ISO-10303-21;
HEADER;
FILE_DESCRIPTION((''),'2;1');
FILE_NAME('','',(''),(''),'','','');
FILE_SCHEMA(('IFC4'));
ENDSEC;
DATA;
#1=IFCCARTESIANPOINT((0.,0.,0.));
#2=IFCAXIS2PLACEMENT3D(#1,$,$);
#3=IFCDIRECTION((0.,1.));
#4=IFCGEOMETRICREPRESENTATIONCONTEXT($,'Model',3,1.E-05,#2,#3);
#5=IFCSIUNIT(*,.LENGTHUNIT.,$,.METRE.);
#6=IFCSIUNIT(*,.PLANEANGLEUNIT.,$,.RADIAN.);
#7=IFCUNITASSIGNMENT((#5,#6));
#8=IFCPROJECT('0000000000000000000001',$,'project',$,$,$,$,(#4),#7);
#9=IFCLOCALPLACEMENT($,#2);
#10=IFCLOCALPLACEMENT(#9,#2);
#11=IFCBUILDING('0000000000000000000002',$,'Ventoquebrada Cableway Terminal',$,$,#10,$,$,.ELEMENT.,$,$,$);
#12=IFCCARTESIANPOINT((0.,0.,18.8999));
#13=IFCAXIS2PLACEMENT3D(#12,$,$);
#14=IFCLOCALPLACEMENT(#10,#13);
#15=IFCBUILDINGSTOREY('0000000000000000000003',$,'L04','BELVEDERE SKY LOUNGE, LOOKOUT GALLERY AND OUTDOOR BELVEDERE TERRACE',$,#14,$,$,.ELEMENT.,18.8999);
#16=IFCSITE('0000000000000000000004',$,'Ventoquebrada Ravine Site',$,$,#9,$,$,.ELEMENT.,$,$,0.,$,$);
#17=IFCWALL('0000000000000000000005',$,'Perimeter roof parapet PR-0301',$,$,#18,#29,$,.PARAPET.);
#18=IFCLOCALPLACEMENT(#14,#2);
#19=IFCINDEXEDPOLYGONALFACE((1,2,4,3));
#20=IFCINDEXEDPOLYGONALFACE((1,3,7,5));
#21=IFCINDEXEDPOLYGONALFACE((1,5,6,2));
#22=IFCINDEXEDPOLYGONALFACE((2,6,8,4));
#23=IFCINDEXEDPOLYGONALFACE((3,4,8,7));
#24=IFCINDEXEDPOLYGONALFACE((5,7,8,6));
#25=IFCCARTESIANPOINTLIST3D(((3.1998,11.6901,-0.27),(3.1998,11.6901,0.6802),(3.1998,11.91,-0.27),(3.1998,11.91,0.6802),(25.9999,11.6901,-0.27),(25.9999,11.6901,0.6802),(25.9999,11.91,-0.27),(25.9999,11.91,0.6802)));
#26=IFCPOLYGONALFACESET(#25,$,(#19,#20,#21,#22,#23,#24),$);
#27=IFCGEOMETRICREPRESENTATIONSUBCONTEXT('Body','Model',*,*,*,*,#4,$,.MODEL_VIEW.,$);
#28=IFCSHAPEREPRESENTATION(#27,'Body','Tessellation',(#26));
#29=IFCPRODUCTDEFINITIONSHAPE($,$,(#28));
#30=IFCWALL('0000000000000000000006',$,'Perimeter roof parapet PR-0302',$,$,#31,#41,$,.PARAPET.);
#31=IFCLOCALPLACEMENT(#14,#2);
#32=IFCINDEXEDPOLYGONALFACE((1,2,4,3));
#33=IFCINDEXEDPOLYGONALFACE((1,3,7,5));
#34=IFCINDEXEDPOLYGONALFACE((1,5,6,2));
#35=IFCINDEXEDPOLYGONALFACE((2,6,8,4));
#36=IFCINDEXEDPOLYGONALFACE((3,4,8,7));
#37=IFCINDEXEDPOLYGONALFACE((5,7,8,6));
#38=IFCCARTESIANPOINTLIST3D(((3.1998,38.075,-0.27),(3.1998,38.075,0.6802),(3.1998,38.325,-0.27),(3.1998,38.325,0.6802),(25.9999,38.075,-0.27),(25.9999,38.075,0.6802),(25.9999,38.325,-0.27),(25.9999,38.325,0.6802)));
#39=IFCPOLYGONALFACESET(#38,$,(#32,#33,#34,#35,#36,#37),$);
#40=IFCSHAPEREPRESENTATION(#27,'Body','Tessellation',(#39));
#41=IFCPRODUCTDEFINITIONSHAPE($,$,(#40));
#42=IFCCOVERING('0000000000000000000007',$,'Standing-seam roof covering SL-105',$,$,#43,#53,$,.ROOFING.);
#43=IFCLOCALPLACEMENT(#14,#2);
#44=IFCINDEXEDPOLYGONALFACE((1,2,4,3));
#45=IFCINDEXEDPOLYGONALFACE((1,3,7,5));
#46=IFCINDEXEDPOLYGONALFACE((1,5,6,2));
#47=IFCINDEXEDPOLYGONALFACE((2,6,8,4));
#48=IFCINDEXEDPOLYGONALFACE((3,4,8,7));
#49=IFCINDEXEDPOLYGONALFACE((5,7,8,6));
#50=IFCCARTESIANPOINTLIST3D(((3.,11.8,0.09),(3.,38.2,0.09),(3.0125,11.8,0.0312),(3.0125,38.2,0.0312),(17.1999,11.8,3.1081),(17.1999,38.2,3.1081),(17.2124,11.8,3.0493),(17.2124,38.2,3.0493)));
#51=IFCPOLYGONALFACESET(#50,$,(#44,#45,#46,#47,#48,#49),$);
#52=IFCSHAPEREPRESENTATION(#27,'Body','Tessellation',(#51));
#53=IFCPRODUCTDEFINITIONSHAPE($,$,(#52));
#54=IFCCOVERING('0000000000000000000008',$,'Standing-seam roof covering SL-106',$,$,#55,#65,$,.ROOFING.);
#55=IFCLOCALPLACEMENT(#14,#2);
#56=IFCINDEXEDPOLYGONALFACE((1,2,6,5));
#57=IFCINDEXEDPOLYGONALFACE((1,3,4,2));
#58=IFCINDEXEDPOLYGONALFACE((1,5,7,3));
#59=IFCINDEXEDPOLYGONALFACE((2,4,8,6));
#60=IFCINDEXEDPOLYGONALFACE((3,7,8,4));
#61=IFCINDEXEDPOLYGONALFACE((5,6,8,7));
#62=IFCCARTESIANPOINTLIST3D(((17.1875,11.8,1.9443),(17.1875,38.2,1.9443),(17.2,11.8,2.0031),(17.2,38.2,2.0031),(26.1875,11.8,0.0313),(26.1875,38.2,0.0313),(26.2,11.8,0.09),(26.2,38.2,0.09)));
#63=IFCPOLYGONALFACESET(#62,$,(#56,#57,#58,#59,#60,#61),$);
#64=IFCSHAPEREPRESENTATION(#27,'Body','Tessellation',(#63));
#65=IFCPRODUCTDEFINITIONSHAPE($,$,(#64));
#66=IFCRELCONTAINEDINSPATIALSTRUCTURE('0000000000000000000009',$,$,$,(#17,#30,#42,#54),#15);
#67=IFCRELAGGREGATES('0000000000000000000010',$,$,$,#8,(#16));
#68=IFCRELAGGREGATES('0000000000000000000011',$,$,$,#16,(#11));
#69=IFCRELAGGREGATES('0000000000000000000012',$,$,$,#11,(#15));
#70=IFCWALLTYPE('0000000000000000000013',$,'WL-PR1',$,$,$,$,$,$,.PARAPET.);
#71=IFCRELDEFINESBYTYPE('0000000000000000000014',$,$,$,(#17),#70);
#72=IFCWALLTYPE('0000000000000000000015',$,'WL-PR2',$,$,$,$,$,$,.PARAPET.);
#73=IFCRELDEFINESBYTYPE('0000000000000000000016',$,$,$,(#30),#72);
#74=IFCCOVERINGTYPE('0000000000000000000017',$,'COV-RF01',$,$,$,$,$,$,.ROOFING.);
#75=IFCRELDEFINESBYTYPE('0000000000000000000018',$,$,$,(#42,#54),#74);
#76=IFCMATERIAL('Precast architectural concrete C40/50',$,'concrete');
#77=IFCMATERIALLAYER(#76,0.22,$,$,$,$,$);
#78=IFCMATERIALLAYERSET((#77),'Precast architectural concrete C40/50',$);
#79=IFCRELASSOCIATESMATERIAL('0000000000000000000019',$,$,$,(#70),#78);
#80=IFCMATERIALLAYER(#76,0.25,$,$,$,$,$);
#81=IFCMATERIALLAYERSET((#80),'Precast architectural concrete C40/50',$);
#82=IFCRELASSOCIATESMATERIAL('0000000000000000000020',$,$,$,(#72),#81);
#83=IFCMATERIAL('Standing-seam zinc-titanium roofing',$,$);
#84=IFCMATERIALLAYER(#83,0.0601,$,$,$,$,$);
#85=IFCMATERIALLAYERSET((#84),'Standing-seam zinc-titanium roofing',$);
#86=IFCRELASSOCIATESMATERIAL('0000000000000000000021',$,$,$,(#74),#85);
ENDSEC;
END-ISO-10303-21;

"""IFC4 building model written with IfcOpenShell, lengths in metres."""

from ifc_helpers import new_model, si_unit, direction, frame, frame_2d, origin, place, context, subcontext, project, spatial, polyline, rectangle, outline, extrude, material, layer, layer_set, type_object, element, save


model = new_model("IFC4")

# Units and contexts
model_context = context("Model", 3, precision=1e-05, world=origin(), true_north=direction((0.0, 1.0)))
body_context = subcontext(model_context, "Body", "Model", "MODEL_VIEW")
ifc_project = project(units=[si_unit("LENGTHUNIT", "METRE"), si_unit("PLANEANGLEUNIT", "RADIAN")], contexts=[model_context])

# Site, building, storey
site_placement = place(None, origin())
site = spatial("IfcSite", under=ifc_project, at=site_placement, Name="Ventoquebrada Ravine Site", CompositionType="ELEMENT", RefElevation=0.0)
building_placement = place(site_placement, origin())
building = spatial("IfcBuilding", under=site, at=building_placement, Name="Ventoquebrada Cableway Terminal", CompositionType="ELEMENT")
storey_placement = place(building_placement, frame((0.0, 0.0, 18.8999)))
storey = spatial("IfcBuildingStorey", under=building, at=storey_placement, Name="L04", Description="BELVEDERE SKY LOUNGE, LOOKOUT GALLERY AND OUTDOOR BELVEDERE TERRACE", CompositionType="ELEMENT", Elevation=18.8999)

# Walls
ifc_material_1 = material(Name="Precast architectural concrete C40/50", Category="concrete")
ifc_layer_1 = layer(ifc_material_1, 0.22)
ifc_layer_set_1 = layer_set([ifc_layer_1], Name="Precast architectural concrete C40/50")
wall_type_1 = type_object("IfcWallType", Name="WL-PR1", PredefinedType="PARAPET", material=ifc_layer_set_1)
wall_1_placement = place(storey_placement, frame((3.2, 11.8, -0.27), z_axis=(0.0, 0.0, 1.0), x_axis=(1.0, 0.0, 0.0)))
element("IfcWall", 1, at=wall_1_placement, inside=storey, type_object=wall_type_1, Name="Perimeter roof parapet PR-0301", PredefinedType="PARAPET", context=body_context, shape_type="SweptSolid", body=[
    extrude(rectangle(XDim=22.8, YDim=0.22, at=frame_2d((11.3999, 0.0))), origin(), (0.0, 0.0, 1.0), 0.9502),
])
ifc_layer_2 = layer(ifc_material_1, 0.25)
ifc_layer_set_2 = layer_set([ifc_layer_2], Name="Precast architectural concrete C40/50")
wall_type_2 = type_object("IfcWallType", Name="WL-PR2", PredefinedType="PARAPET", material=ifc_layer_set_2)
wall_2_placement = place(storey_placement, frame((3.2, 38.2, -0.27), z_axis=(0.0, 0.0, 1.0), x_axis=(1.0, 0.0, 0.0)))
element("IfcWall", 2, at=wall_2_placement, inside=storey, type_object=wall_type_2, Name="Perimeter roof parapet PR-0302", PredefinedType="PARAPET", context=body_context, shape_type="SweptSolid", body=[
    extrude(rectangle(XDim=22.8, YDim=0.25, at=frame_2d((11.3999, 0.0))), origin(), (0.0, 0.0, 1.0), 0.9502),
])

# Coverings
ifc_material_2 = material(Name="Standing-seam zinc-titanium roofing")
ifc_layer_3 = layer(ifc_material_2, 0.0601)
ifc_layer_set_3 = layer_set([ifc_layer_3], Name="Standing-seam zinc-titanium roofing")
covering_type = type_object("IfcCoveringType", Name="COV-RF01", PredefinedType="ROOFING", material=ifc_layer_set_3)
covering_1_placement = place(storey_placement, frame((3.0125, 11.8, 0.0312), z_axis=(-0.207897, 0.0, 0.978151), x_axis=(0.978151, 0.0, 0.207897)))
element("IfcCovering", 3, at=covering_1_placement, inside=storey, type_object=covering_type, Name="Standing-seam roof covering SL-105", PredefinedType="ROOFING", context=body_context, shape_type="SweptSolid", body=[
    extrude(outline(polyline([(0.0, 0.0), (14.5171, 0.0), (14.5171, 26.3999), (0.0, 26.3999), (0.0, 0.0)])), origin(), (0.0, 0.0, 1.0), 0.0601),
])
covering_2_placement = place(storey_placement, frame((17.1875, 11.8, 1.9443), z_axis=(0.20792, 0.0, 0.978146), x_axis=(0.978146, 0.0, -0.20792)))
element("IfcCovering", 4, at=covering_2_placement, inside=storey, type_object=covering_type, Name="Standing-seam roof covering SL-106", PredefinedType="ROOFING", context=body_context, shape_type="SweptSolid", body=[
    extrude(outline(polyline([(0.0, 0.0), (9.2011, 0.0), (9.2011, 26.3999), (0.0, 26.3999), (0.0, 0.0)])), origin(), (0.0, 0.0, 1.0), 0.0601),
])

save(model, "model.ifc")
